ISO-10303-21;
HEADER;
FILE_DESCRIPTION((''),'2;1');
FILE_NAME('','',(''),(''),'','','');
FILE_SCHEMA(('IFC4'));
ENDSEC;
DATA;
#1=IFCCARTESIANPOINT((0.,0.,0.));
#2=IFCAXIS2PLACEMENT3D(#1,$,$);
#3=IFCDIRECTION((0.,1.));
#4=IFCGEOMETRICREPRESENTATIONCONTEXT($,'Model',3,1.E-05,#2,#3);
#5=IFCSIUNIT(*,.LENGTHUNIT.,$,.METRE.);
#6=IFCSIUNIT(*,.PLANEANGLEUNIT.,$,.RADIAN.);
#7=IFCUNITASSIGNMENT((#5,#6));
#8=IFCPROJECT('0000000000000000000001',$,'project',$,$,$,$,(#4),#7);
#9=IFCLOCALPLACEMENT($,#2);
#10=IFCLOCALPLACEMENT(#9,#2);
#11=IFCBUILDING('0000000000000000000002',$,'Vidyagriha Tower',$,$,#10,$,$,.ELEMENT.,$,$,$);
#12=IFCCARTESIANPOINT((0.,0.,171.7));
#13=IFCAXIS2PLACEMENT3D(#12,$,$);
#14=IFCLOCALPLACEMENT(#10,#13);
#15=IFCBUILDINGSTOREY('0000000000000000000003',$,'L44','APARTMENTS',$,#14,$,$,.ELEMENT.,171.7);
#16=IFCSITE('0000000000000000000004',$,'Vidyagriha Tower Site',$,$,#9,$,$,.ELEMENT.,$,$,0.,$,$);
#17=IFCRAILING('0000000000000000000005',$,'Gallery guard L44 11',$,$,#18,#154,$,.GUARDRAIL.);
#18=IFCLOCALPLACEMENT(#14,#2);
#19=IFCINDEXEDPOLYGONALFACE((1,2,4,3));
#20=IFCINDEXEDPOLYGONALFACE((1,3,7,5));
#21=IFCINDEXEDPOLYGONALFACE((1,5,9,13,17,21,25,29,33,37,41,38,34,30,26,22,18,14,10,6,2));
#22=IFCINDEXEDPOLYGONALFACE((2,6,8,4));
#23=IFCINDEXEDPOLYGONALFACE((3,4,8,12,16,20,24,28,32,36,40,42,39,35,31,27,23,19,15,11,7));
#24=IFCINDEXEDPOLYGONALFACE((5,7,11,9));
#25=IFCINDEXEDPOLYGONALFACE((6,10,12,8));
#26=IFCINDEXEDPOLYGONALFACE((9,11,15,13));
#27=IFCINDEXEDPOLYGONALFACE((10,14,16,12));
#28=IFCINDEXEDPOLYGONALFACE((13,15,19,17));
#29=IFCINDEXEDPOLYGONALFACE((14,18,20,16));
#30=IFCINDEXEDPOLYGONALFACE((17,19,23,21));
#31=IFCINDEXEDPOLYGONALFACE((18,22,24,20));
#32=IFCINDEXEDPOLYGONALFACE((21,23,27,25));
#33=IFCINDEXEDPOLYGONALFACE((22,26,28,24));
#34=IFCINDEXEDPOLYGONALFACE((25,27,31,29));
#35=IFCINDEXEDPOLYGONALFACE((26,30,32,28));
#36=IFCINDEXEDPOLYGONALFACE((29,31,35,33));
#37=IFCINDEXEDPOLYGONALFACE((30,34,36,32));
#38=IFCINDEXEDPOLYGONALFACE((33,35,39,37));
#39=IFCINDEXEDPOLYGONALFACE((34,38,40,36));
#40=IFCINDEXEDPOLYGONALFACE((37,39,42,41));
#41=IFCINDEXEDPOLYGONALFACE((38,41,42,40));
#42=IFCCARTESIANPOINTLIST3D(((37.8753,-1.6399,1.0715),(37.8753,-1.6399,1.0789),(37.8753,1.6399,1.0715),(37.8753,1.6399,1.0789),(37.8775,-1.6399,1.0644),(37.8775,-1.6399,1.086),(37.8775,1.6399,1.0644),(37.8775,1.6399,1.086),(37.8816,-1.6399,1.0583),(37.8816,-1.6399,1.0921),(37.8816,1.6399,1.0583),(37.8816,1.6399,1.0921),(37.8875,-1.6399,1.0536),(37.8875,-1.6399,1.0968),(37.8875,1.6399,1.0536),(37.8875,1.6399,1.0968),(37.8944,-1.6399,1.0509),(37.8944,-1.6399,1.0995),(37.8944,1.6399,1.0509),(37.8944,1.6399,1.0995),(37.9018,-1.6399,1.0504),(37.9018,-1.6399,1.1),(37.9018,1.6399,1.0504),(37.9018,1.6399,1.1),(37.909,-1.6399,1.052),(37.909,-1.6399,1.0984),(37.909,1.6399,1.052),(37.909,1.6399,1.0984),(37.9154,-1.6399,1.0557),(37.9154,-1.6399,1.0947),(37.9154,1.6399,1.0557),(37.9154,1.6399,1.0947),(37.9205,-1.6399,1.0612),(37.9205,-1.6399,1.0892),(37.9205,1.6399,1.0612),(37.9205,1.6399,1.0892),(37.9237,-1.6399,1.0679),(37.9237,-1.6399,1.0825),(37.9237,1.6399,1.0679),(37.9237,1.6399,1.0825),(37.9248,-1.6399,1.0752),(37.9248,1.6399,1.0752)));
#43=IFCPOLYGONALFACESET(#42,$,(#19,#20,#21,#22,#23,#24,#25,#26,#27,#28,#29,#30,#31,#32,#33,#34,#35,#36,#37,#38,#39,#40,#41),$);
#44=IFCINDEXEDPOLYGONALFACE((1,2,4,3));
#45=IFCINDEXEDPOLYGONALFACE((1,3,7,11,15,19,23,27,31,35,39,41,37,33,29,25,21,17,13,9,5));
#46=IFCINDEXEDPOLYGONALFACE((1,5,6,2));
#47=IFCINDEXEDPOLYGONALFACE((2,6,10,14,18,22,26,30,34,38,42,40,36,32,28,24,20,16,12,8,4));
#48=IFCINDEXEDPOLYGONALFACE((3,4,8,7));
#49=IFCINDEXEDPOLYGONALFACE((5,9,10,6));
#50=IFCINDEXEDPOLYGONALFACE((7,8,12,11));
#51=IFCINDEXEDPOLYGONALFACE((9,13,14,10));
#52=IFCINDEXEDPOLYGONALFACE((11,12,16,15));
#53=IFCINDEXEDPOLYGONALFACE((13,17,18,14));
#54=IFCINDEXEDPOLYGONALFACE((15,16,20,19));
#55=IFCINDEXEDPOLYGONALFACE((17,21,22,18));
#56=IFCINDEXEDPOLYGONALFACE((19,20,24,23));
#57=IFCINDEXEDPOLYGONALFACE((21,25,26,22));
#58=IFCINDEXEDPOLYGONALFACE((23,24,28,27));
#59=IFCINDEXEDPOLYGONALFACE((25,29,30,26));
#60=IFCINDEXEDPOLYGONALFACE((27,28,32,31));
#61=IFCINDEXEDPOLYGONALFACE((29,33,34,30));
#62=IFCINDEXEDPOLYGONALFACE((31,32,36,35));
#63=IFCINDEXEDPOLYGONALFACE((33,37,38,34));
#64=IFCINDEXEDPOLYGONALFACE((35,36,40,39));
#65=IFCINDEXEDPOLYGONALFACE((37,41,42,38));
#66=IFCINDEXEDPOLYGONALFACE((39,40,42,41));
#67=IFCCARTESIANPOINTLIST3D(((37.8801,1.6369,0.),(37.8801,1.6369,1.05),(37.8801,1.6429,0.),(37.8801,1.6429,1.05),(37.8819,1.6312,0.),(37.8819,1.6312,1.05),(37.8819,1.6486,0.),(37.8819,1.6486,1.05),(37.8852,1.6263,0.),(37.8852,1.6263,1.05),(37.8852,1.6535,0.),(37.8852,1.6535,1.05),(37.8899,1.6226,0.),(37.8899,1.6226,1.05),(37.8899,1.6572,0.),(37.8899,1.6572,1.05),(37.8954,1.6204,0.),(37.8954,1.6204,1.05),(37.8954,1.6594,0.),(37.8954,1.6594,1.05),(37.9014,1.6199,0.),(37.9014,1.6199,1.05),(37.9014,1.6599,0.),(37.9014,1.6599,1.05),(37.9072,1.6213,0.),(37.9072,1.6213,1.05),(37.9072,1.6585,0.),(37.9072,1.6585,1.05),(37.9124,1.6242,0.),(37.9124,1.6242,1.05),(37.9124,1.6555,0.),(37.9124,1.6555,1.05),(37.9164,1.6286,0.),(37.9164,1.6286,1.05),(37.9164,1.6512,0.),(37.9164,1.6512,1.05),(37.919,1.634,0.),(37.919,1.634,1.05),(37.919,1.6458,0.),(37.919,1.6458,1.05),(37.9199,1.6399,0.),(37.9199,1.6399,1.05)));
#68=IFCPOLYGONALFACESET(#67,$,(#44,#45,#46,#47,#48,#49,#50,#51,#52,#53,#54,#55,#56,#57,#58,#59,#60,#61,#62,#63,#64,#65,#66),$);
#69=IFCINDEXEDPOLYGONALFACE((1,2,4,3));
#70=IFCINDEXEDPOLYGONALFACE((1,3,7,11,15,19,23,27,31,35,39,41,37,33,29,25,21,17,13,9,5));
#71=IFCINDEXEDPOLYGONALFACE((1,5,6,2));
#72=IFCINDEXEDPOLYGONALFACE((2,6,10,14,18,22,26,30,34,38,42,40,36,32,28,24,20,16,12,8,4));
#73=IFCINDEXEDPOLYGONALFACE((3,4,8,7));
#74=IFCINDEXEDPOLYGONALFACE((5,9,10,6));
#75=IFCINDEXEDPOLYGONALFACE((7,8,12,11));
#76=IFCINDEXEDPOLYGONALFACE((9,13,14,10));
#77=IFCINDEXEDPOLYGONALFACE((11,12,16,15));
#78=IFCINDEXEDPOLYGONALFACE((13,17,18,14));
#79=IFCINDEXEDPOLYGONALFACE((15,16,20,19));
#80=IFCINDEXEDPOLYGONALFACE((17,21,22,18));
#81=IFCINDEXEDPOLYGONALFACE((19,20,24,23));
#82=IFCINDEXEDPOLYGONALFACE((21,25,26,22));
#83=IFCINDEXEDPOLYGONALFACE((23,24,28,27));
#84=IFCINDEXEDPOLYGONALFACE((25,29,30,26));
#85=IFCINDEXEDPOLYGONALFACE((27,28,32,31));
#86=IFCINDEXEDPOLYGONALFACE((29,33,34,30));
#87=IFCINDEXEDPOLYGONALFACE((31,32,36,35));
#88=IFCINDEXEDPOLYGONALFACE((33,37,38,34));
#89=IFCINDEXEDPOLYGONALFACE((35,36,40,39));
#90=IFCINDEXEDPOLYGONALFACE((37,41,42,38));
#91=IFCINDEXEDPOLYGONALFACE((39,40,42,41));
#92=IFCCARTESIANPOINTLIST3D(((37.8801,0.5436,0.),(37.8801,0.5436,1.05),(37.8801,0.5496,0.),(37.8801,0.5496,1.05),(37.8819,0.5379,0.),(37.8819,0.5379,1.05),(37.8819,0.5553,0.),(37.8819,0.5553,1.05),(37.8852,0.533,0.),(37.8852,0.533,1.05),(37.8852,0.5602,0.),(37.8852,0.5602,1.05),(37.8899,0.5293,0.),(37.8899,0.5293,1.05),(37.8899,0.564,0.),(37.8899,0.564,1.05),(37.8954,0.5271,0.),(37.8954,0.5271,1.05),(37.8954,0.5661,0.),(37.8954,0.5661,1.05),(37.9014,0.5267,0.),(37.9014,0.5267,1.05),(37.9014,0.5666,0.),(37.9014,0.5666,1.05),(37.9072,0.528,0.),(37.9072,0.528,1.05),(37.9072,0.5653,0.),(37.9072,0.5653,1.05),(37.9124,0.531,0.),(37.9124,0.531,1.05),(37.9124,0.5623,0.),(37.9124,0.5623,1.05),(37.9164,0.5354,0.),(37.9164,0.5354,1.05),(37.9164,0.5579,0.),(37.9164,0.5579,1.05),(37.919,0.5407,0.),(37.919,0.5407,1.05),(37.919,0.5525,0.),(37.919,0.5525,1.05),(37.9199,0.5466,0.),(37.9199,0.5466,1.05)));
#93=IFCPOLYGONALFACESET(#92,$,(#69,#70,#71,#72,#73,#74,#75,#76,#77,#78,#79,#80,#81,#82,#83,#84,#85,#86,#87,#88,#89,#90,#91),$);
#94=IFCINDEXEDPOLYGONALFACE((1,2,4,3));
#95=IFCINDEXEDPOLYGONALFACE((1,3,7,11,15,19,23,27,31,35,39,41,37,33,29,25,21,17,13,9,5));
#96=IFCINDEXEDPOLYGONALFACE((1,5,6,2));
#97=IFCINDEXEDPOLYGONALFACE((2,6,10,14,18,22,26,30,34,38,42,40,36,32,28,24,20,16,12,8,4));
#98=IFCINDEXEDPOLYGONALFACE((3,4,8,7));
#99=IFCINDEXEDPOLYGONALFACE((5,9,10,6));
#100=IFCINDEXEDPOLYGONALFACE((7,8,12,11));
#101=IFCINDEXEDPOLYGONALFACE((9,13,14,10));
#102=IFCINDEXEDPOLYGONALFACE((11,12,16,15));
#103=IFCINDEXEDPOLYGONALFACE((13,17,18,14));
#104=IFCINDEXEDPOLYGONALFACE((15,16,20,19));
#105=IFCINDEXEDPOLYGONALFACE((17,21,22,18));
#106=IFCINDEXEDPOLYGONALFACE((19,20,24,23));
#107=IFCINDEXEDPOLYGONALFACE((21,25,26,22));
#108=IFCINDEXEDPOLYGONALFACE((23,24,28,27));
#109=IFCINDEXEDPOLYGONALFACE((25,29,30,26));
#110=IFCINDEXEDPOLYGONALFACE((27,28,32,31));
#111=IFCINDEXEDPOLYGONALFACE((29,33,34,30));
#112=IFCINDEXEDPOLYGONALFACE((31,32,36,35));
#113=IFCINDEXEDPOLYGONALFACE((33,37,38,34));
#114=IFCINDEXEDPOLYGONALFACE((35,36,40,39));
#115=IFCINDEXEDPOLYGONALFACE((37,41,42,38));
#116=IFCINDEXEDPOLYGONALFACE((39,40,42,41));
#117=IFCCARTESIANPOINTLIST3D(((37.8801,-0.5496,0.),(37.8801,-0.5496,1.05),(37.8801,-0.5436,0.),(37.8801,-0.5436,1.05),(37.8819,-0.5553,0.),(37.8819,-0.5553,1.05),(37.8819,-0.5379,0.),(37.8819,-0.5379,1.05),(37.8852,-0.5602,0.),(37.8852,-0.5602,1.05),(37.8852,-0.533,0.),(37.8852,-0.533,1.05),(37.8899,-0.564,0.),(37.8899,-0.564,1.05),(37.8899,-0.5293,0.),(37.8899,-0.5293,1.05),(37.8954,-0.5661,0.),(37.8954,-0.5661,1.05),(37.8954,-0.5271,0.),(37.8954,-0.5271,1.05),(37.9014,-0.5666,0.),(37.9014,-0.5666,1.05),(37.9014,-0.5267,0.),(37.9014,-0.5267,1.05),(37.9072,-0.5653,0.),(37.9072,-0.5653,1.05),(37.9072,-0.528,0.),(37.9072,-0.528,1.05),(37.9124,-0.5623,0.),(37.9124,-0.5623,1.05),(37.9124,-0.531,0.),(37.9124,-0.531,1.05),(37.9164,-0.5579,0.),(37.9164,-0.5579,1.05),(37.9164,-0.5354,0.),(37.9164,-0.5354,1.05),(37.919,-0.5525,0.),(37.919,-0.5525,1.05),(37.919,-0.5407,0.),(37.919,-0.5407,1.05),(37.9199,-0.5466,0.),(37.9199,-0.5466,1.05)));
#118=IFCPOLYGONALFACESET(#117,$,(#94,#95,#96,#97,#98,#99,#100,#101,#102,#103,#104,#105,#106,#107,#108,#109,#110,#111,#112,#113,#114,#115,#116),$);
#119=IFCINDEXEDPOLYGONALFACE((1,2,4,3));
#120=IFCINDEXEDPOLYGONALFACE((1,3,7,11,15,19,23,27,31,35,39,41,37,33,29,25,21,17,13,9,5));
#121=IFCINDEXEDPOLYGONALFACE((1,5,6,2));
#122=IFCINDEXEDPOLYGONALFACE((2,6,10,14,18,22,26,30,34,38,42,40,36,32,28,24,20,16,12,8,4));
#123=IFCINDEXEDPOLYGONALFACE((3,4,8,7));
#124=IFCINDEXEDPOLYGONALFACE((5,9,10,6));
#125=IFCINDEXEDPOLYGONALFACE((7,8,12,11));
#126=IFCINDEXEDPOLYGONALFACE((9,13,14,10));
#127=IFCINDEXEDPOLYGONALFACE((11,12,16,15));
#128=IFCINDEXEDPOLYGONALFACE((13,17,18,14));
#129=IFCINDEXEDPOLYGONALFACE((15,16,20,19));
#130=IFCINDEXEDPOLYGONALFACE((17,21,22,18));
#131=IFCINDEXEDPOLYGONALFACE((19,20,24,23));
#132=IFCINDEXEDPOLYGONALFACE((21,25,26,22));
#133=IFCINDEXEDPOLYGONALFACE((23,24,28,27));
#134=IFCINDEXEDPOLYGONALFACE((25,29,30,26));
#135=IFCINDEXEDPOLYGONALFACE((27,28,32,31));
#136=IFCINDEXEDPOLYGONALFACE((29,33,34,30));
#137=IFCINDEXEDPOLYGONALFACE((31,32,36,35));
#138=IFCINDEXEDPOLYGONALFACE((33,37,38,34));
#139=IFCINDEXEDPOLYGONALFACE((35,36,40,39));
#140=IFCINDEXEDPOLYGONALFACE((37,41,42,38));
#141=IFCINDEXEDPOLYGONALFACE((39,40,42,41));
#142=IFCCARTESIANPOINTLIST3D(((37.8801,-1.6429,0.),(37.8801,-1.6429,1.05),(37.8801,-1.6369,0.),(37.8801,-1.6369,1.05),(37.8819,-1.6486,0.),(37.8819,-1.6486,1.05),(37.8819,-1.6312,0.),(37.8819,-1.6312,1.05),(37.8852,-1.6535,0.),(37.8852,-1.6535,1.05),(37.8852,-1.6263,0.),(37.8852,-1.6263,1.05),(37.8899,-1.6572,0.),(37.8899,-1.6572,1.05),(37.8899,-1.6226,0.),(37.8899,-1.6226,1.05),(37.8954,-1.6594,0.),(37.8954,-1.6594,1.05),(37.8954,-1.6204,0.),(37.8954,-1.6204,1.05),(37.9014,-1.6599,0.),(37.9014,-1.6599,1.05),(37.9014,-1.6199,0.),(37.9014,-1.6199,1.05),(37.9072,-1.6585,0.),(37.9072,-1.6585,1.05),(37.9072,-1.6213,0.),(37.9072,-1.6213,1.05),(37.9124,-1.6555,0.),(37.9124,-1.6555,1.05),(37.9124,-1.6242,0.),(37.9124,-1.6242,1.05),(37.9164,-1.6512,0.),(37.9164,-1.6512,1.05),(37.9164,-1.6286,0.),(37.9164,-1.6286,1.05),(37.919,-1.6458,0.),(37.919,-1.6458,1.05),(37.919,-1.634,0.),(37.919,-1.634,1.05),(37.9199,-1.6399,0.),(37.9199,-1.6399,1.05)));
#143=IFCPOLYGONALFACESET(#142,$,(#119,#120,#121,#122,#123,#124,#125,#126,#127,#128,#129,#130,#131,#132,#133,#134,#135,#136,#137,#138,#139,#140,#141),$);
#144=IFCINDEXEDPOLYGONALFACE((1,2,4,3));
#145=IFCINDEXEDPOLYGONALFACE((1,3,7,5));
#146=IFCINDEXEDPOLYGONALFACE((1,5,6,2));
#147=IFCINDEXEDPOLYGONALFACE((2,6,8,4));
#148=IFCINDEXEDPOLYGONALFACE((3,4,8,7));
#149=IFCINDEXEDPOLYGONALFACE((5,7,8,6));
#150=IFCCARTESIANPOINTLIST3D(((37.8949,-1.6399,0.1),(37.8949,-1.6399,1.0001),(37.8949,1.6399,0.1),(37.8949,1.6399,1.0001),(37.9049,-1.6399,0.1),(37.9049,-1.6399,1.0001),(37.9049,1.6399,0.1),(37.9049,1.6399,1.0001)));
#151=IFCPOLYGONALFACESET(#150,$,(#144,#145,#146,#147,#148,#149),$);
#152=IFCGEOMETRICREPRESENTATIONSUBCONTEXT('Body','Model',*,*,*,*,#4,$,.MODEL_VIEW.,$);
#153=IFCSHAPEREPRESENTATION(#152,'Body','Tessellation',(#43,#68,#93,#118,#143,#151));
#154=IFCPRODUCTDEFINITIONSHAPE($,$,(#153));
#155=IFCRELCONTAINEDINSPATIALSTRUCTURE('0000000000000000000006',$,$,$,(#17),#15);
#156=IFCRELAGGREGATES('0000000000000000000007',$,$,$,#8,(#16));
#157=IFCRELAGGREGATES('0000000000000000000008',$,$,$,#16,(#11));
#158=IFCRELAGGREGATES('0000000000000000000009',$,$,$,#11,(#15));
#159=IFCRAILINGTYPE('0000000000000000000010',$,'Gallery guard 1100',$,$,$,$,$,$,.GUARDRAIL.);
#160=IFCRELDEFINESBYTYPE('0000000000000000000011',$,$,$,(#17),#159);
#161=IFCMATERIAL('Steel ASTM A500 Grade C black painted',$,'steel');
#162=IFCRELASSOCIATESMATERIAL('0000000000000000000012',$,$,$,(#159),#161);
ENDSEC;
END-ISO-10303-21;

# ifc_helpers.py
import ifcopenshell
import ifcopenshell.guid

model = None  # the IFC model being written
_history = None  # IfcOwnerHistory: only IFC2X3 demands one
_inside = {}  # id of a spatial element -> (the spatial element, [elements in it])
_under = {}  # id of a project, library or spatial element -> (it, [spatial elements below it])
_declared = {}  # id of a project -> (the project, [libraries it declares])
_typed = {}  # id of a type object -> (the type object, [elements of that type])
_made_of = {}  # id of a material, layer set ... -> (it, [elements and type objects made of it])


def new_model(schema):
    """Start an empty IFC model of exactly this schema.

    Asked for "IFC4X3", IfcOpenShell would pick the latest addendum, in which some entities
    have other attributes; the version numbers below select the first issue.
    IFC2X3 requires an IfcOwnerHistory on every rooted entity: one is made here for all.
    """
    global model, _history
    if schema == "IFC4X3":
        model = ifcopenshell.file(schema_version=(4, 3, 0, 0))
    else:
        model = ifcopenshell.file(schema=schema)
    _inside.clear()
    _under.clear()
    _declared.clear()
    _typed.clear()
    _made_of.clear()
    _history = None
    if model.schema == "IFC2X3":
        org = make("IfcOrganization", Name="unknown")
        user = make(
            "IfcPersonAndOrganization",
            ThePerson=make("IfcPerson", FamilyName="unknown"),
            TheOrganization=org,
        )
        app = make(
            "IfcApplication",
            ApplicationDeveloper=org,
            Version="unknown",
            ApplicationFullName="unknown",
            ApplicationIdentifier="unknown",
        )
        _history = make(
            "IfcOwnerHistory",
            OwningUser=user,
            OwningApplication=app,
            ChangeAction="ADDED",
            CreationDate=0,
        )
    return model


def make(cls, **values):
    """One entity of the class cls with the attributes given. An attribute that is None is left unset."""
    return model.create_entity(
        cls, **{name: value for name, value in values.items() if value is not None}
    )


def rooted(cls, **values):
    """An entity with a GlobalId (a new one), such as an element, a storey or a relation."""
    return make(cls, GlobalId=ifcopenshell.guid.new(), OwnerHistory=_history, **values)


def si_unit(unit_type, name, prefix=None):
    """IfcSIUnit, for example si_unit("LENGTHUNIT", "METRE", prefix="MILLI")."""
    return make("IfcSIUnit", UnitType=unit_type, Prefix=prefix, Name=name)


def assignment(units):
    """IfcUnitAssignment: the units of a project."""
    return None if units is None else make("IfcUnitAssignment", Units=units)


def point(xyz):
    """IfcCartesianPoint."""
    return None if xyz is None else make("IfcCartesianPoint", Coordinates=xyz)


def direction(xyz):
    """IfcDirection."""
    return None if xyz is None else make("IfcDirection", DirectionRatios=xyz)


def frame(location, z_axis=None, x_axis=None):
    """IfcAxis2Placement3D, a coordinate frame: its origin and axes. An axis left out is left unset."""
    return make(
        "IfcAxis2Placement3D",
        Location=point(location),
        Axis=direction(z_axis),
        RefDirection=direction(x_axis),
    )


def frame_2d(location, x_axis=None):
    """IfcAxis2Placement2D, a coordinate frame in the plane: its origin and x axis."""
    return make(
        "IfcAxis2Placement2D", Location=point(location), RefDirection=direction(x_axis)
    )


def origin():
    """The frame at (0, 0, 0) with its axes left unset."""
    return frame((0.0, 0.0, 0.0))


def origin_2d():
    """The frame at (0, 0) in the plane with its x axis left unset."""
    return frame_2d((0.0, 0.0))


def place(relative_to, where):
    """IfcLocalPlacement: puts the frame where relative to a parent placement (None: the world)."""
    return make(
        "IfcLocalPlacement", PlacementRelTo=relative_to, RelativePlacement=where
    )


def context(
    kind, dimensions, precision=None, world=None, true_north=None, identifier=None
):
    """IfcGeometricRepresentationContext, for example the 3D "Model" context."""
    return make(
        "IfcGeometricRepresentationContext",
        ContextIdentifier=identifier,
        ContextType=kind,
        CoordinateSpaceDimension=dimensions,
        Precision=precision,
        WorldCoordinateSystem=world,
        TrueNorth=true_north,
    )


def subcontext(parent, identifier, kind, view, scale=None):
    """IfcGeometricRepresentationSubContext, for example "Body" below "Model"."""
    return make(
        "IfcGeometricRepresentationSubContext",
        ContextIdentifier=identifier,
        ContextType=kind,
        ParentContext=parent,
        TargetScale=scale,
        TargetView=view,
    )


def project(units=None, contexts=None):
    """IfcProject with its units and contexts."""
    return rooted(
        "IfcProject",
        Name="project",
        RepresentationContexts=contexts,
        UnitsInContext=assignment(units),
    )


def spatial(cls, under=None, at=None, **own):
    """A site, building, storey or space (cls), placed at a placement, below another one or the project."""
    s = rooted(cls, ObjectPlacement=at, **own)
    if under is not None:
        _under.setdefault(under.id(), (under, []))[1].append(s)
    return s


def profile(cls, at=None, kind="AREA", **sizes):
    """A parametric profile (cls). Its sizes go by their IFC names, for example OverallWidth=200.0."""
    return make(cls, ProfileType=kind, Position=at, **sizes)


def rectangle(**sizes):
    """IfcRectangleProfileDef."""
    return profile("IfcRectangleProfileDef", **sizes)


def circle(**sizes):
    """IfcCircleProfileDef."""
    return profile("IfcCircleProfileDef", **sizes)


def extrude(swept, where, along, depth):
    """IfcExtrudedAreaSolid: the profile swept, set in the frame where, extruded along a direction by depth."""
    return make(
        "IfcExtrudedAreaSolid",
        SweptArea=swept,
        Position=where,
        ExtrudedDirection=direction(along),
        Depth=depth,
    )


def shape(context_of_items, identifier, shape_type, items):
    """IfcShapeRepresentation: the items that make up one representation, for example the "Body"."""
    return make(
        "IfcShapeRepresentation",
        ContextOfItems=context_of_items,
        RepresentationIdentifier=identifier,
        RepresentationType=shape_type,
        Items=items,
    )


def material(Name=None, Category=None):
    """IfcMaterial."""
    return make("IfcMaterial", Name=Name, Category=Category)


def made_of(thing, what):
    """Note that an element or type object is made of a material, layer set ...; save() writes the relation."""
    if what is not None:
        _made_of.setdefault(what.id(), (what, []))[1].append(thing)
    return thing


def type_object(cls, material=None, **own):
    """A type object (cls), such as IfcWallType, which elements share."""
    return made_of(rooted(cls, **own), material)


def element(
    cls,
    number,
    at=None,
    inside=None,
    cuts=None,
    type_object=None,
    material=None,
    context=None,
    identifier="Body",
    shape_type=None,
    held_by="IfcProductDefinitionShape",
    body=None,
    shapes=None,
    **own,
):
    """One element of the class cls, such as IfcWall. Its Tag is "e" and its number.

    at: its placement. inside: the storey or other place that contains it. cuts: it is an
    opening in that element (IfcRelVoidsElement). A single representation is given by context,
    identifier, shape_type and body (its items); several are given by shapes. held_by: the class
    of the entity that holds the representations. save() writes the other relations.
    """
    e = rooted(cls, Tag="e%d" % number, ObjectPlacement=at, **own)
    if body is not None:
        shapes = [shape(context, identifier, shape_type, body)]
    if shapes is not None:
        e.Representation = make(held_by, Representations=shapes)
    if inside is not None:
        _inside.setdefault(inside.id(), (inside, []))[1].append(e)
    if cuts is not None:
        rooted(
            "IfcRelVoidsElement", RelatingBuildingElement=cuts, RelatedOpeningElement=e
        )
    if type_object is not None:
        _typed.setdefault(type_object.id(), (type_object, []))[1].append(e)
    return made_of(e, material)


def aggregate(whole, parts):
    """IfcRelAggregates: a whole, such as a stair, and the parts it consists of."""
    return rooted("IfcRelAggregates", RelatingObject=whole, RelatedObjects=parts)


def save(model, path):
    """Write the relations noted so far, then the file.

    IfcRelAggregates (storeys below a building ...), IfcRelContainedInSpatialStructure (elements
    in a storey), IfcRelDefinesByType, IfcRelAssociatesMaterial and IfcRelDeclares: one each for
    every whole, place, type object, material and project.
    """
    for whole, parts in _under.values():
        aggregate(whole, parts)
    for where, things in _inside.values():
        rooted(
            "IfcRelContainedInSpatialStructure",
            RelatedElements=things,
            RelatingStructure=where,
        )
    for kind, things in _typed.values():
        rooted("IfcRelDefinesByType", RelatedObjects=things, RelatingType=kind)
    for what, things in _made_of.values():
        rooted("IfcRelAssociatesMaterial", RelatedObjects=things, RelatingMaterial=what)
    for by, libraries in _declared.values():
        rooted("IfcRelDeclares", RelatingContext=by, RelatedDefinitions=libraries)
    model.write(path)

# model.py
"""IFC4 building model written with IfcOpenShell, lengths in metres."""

from ifc_helpers import new_model, si_unit, direction, frame, origin, origin_2d, place, context, subcontext, project, spatial, rectangle, circle, extrude, material, type_object, element, save


model = new_model("IFC4")

# Units and contexts
model_context = context("Model", 3, precision=1e-05, world=origin(), true_north=direction((0.0, 1.0)))
body_context = subcontext(model_context, "Body", "Model", "MODEL_VIEW")
ifc_project = project(units=[si_unit("LENGTHUNIT", "METRE"), si_unit("PLANEANGLEUNIT", "RADIAN")], contexts=[model_context])

# Site, building, storey
site_placement = place(None, origin())
site = spatial("IfcSite", under=ifc_project, at=site_placement, Name="Vidyagriha Tower Site", CompositionType="ELEMENT", RefElevation=0.0)
building_placement = place(site_placement, origin())
building = spatial("IfcBuilding", under=site, at=building_placement, Name="Vidyagriha Tower", CompositionType="ELEMENT")
storey_placement = place(building_placement, frame((0.0, 0.0, 171.7)))
storey = spatial("IfcBuildingStorey", under=building, at=storey_placement, Name="L44", Description="APARTMENTS", CompositionType="ELEMENT", Elevation=171.7)

# Railing
ifc_material_1 = material(Name="Steel ASTM A500 Grade C black painted", Category="steel")
railing_type_1 = type_object("IfcRailingType", Name="Gallery guard 1100", PredefinedType="GUARDRAIL", material=ifc_material_1)
railing_1_placement = place(storey_placement, frame((37.8999, 1.6399, 0.0)))
element("IfcRailing", 1, at=railing_1_placement, inside=storey, type_object=railing_type_1, Name="Gallery guard L44 11", PredefinedType="GUARDRAIL", context=body_context, shape_type="SweptSolid", body=[
    extrude(circle(Radius=0.0249, at=origin_2d()), frame((0.0, 0.0, 1.0752), z_axis=(0.0, -1.0, 0.0), x_axis=(1.0, 0.0, 0.0)), (0.0, 0.0, 1.0), 3.2798),
    extrude(circle(Radius=0.02, at=origin_2d()), origin(), (0.0, 0.0, 1.0), 1.05),
    extrude(circle(Radius=0.02, at=origin_2d()), frame((0.0, -1.0933, 0.0)), (0.0, 0.0, 1.0), 1.05),
    extrude(circle(Radius=0.02, at=origin_2d()), frame((0.0, -2.1865, 0.0)), (0.0, 0.0, 1.0), 1.05),
    extrude(circle(Radius=0.02, at=origin_2d()), frame((0.0, -3.2798, 0.0)), (0.0, 0.0, 1.0), 1.05),
    extrude(rectangle(XDim=0.01, YDim=0.9001, at=origin_2d()), frame((0.0, 0.0, 0.55), z_axis=(0.0, -1.0, 0.0), x_axis=(1.0, 0.0, 0.0)), (0.0, 0.0, 1.0), 3.2798),
])

save(model, "model.ifc")
